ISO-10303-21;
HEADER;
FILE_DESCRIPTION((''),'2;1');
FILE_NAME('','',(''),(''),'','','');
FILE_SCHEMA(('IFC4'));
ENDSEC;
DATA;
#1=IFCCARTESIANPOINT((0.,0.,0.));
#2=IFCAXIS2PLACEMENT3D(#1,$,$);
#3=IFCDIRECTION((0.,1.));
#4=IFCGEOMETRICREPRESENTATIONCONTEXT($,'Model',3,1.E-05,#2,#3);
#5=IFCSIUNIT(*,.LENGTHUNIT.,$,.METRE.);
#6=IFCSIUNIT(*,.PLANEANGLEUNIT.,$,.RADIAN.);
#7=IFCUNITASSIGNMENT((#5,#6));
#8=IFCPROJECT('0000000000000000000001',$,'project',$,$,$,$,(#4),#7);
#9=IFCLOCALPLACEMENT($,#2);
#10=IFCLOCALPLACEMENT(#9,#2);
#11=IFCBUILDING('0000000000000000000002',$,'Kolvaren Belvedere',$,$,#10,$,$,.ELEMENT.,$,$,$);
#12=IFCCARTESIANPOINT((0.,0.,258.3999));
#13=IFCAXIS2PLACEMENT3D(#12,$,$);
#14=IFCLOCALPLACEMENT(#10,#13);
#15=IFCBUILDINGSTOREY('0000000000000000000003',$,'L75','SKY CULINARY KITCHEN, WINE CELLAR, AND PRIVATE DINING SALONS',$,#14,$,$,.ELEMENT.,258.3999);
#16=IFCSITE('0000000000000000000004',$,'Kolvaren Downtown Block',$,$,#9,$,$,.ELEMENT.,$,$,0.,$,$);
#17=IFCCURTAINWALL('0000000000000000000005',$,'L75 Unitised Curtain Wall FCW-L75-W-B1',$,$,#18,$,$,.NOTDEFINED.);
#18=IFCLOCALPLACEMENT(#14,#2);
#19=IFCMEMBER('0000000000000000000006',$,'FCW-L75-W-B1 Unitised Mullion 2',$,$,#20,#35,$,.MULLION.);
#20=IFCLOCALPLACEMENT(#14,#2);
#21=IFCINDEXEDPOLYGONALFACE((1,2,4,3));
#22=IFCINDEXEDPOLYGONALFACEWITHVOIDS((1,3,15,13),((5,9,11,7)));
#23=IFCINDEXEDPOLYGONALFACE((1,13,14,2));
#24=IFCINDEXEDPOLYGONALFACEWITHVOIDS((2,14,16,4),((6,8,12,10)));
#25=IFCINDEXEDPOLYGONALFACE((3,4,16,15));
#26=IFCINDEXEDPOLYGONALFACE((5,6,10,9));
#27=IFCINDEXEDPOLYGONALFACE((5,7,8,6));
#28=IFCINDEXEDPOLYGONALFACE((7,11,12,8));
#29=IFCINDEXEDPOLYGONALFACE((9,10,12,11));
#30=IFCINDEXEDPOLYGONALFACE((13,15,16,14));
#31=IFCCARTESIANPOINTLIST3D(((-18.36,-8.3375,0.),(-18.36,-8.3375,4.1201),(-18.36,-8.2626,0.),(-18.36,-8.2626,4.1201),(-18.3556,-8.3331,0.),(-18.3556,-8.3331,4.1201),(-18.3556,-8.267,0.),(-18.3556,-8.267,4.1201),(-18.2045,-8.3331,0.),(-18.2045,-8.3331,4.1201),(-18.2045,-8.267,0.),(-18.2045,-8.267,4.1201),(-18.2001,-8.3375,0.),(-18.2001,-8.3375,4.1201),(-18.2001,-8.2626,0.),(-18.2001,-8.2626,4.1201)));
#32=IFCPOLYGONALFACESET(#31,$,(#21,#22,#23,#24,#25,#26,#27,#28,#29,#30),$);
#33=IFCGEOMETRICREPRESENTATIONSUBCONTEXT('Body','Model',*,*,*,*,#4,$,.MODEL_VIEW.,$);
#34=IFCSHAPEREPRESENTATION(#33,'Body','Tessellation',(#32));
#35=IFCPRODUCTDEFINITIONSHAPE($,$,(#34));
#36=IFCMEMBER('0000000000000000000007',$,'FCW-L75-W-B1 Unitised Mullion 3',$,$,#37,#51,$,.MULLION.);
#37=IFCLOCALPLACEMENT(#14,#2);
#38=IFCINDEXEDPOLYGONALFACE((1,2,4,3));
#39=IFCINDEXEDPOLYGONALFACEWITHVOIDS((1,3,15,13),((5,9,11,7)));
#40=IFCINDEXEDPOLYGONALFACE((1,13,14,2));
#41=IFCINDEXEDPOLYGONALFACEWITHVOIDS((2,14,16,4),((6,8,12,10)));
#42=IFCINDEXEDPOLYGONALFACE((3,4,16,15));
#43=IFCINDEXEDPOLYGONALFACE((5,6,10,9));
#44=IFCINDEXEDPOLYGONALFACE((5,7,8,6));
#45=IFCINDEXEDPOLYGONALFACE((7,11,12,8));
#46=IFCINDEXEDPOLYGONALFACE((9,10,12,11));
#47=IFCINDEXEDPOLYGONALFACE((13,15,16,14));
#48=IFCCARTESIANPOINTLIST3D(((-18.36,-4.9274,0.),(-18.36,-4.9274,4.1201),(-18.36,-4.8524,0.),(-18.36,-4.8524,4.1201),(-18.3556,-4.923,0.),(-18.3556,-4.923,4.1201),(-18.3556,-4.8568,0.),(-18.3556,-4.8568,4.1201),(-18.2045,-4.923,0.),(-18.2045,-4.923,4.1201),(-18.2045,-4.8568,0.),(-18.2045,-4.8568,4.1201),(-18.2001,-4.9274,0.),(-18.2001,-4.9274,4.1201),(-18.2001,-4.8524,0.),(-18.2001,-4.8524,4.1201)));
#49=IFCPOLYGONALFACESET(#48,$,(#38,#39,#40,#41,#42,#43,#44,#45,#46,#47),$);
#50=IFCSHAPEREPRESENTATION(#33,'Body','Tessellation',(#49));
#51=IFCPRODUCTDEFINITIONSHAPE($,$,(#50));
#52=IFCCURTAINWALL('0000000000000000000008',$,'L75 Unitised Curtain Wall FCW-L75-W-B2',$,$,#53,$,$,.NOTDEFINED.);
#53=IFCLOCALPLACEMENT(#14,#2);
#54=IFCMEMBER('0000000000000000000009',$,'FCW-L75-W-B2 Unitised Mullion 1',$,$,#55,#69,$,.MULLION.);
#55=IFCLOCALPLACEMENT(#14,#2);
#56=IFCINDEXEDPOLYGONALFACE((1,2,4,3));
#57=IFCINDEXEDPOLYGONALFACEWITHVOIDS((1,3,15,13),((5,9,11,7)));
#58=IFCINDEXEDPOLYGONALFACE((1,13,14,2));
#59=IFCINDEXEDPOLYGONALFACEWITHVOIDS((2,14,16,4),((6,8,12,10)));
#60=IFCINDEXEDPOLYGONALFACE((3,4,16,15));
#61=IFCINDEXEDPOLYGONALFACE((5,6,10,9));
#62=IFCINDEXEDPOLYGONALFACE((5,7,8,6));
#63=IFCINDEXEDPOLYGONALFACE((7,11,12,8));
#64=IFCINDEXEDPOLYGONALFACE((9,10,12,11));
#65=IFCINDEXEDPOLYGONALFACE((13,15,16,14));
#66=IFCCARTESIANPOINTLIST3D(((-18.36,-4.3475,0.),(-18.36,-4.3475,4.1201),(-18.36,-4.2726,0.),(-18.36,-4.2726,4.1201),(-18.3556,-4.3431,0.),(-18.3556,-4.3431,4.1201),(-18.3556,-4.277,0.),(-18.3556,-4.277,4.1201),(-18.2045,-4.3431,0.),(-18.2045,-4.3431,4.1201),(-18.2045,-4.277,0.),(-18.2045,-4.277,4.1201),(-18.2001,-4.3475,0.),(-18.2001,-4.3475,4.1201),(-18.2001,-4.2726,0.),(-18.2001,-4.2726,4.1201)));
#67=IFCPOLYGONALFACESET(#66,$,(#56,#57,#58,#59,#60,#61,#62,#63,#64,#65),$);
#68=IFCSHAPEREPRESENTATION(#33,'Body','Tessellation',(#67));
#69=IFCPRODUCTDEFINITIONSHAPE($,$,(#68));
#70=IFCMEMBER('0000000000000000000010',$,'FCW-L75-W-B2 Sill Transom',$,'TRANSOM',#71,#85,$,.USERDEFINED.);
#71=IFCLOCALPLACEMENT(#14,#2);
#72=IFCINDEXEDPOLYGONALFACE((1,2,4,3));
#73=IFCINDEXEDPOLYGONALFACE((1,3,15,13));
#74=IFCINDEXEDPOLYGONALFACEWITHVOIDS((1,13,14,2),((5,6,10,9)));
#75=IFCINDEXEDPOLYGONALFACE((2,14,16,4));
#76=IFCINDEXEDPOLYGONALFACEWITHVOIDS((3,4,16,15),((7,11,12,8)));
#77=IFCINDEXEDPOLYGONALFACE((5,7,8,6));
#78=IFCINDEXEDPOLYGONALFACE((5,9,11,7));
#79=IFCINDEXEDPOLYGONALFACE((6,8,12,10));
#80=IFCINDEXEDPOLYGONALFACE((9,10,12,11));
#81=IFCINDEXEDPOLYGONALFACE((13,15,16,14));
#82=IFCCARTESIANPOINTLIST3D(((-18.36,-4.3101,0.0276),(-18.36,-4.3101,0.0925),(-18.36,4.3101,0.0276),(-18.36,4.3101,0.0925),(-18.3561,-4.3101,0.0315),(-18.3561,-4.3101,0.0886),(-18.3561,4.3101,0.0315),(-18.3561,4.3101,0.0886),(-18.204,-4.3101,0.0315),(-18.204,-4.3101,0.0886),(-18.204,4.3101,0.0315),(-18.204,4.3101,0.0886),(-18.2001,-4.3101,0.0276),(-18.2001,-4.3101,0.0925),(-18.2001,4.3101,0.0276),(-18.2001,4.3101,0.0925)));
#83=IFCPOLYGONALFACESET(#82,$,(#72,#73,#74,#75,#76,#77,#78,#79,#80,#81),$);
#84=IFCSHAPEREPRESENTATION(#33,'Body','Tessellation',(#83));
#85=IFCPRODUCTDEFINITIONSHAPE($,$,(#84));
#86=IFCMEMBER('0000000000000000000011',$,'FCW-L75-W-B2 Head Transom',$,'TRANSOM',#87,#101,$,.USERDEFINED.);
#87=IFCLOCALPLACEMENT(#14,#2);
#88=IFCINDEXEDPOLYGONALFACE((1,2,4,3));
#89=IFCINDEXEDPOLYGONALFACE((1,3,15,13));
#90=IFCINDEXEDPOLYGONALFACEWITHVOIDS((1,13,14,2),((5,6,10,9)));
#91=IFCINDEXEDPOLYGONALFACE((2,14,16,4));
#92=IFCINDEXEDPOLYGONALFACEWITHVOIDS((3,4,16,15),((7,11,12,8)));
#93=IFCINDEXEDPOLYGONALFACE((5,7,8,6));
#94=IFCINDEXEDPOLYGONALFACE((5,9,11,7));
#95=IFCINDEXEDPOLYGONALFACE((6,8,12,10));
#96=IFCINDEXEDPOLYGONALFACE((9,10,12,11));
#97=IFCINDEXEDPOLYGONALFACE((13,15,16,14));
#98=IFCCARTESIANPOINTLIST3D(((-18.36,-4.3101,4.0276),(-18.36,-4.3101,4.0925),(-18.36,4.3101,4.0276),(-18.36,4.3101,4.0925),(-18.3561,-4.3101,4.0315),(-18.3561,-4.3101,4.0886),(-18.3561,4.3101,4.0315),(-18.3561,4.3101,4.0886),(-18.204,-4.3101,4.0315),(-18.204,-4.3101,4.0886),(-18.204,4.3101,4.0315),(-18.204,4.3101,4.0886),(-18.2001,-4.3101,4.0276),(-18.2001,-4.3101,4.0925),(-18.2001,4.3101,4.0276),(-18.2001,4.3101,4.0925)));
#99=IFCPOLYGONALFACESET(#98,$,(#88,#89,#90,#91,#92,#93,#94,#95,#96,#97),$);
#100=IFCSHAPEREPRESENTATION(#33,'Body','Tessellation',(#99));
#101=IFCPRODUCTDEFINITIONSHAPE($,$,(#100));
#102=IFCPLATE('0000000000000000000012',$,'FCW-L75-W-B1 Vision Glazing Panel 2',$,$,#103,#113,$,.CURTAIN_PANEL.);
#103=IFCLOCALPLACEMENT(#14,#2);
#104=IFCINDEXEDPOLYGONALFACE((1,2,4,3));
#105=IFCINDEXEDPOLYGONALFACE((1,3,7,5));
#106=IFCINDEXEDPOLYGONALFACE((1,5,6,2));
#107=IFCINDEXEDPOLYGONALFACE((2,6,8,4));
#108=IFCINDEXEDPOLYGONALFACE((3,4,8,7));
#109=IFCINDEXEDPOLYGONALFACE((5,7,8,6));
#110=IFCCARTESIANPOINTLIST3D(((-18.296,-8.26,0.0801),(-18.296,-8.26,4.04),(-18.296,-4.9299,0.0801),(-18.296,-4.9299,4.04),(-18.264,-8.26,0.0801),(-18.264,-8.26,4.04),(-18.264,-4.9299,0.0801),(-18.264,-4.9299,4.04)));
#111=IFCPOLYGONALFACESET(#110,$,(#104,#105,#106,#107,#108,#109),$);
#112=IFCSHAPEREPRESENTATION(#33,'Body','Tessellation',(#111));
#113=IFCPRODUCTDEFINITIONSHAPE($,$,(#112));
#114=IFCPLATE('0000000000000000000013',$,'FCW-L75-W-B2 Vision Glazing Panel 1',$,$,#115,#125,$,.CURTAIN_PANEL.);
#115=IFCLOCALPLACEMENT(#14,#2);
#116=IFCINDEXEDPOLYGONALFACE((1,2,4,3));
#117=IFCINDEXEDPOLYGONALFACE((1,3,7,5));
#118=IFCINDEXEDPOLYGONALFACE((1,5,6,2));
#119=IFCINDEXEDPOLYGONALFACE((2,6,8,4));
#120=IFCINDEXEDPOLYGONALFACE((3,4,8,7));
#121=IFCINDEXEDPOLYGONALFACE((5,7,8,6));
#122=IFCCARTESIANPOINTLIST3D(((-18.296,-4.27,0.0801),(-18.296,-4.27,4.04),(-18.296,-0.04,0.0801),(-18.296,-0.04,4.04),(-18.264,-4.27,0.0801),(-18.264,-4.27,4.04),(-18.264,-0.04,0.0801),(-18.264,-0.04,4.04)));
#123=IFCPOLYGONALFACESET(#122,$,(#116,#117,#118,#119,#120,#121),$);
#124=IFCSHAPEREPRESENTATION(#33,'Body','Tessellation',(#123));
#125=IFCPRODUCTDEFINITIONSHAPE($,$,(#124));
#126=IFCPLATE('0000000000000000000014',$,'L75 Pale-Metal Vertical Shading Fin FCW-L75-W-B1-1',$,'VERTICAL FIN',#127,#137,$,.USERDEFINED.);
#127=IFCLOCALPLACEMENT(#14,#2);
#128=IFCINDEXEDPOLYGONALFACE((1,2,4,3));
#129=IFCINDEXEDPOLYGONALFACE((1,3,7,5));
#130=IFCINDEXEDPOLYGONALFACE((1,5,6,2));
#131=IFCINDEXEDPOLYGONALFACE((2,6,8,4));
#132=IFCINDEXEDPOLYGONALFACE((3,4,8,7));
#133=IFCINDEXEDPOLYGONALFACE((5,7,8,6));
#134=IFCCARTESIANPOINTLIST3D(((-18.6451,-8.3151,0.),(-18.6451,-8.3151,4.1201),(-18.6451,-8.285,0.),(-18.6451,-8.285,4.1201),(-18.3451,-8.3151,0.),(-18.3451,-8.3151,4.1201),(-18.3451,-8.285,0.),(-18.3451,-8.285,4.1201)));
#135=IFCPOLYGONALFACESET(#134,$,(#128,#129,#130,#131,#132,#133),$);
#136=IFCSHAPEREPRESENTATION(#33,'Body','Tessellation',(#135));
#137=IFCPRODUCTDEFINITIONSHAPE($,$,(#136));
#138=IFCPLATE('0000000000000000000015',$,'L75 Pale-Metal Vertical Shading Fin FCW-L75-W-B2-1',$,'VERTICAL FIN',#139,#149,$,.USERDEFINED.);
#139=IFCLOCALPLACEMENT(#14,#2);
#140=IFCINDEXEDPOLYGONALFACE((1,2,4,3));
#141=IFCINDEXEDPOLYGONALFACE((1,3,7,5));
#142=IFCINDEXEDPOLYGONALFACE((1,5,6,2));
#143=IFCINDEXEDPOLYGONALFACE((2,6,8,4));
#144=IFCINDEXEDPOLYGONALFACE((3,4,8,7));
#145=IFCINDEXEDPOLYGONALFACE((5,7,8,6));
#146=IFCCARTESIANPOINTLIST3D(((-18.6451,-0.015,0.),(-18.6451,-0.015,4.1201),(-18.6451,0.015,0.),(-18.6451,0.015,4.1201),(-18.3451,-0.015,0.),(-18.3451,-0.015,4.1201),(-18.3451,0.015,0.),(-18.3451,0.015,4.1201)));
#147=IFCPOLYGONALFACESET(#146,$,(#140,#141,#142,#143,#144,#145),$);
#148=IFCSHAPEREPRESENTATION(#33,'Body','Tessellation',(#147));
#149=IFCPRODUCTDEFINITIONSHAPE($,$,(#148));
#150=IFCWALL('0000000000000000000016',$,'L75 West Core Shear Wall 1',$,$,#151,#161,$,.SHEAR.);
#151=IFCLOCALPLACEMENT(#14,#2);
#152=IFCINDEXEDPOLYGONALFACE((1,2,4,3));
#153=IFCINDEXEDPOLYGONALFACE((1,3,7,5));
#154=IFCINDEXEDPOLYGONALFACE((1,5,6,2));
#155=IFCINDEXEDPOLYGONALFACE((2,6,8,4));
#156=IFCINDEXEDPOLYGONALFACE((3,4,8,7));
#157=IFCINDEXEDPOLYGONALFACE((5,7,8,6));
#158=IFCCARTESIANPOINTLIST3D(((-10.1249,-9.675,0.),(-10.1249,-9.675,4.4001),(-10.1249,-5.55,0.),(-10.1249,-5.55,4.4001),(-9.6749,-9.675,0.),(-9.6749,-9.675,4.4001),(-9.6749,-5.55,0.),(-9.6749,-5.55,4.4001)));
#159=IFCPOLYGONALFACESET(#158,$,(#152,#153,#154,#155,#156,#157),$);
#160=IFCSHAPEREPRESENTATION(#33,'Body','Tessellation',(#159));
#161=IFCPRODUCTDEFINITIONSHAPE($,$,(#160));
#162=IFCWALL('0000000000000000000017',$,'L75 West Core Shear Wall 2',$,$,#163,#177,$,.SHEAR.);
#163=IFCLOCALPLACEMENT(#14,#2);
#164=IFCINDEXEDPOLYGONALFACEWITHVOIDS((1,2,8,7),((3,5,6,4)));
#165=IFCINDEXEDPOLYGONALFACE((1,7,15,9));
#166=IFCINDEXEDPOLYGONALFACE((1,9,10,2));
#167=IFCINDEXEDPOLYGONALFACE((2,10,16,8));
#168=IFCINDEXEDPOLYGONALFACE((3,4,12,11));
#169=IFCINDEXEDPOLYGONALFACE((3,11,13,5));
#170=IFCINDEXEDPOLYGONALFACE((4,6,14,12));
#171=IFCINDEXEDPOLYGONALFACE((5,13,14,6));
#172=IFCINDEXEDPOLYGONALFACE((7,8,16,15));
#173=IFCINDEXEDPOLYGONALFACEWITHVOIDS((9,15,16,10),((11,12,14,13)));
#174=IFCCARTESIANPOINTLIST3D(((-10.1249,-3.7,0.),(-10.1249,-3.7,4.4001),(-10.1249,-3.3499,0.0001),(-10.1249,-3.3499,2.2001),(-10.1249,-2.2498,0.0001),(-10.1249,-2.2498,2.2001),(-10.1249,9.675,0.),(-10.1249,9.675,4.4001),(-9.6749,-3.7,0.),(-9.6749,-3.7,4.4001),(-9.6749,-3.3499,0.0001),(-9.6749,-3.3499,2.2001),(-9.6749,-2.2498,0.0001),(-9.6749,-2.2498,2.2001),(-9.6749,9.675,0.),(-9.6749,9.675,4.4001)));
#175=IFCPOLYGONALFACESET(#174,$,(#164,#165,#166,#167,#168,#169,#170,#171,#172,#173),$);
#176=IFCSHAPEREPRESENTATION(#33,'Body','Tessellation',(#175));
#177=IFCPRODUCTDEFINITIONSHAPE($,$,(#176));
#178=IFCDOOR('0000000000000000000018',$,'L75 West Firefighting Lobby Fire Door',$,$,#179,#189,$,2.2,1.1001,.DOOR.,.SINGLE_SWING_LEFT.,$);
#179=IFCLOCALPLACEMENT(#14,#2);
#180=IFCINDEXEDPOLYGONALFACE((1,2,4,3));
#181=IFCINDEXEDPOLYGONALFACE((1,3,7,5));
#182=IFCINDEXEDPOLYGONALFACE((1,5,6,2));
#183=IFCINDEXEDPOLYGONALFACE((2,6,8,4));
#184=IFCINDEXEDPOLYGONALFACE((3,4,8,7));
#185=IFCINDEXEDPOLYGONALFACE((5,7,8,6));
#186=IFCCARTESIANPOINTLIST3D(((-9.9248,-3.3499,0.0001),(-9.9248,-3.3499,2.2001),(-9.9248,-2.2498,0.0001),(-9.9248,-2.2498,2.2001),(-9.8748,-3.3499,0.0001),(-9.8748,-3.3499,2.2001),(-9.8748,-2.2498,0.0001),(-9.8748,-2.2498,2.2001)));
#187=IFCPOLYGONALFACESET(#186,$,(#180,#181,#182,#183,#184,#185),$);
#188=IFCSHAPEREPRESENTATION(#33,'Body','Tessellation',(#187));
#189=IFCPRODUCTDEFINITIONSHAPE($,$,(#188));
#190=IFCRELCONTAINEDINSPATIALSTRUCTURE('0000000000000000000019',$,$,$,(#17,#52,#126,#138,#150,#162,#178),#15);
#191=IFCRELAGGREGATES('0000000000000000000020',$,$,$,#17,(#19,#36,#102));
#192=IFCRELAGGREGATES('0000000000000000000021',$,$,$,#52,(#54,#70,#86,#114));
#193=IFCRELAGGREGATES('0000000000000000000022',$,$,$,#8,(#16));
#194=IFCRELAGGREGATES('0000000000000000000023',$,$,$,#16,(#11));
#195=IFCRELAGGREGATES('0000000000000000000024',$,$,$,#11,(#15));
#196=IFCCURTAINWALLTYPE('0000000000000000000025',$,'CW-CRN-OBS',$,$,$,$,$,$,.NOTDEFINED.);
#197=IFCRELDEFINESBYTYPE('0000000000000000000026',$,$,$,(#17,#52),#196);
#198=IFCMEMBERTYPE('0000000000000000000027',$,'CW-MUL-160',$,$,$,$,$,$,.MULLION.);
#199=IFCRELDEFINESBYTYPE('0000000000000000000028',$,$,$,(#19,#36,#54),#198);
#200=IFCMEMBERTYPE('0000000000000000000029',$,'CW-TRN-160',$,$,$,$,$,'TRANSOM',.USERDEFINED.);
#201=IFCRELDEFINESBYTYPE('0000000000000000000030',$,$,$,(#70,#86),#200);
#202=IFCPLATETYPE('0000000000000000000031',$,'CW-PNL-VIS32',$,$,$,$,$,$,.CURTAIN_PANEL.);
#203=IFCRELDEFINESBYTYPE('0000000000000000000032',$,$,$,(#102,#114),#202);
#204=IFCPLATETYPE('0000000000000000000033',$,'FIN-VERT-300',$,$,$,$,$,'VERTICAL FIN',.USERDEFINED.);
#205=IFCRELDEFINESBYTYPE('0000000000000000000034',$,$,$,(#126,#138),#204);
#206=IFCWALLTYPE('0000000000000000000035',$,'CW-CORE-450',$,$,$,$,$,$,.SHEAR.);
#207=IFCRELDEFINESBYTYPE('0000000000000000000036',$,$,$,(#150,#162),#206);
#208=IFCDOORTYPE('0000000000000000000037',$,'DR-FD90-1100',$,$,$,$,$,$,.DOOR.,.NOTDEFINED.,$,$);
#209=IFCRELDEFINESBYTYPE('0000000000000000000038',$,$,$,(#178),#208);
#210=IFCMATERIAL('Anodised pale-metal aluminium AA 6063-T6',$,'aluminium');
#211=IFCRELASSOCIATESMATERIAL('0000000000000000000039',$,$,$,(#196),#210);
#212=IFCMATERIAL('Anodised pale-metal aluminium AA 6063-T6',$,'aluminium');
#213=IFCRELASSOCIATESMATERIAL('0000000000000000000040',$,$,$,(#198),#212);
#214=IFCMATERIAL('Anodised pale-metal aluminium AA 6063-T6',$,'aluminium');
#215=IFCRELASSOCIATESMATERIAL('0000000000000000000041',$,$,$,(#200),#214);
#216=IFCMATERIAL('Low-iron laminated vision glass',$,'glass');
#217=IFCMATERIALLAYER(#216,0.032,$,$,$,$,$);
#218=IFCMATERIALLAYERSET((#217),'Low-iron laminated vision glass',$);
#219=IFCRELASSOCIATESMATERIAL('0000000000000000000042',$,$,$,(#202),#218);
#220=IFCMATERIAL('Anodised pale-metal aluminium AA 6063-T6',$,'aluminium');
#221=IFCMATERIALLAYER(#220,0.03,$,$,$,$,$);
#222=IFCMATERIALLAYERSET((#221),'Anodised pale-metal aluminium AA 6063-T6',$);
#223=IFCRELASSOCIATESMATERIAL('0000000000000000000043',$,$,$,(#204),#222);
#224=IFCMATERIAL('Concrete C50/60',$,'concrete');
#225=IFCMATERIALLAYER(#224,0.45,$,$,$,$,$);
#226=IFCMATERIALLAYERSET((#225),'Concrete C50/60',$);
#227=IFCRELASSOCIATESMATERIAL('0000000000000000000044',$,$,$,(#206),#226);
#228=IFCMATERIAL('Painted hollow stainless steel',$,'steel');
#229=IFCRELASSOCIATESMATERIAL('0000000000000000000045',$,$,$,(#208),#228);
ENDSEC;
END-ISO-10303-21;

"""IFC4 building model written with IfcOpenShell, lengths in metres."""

from ifc_helpers import new_model, si_unit, direction, frame, frame_2d, origin, origin_2d, place, context, subcontext, project, spatial, rectangle, hollow_rectangle, extrude, material, layer, layer_set, material_profile, profile_set, type_object, element, fill, aggregate, save


model = new_model("IFC4")

# Units and contexts
model_context = context("Model", 3, precision=1e-05, world=origin(), true_north=direction((0.0, 1.0)))
body_context = subcontext(model_context, "Body", "Model", "MODEL_VIEW")
ifc_project = project(units=[si_unit("LENGTHUNIT", "METRE"), si_unit("PLANEANGLEUNIT", "RADIAN")], contexts=[model_context])

# Site, building, storey
site_placement = place(None, origin())
site = spatial("IfcSite", under=ifc_project, at=site_placement, Name="Kolvaren Downtown Block", CompositionType="ELEMENT", RefElevation=0.0)
building_placement = place(site_placement, origin())
building = spatial("IfcBuilding", under=site, at=building_placement, Name="Kolvaren Belvedere", CompositionType="ELEMENT")
storey_placement = place(building_placement, frame((0.0, 0.0, 258.3999)))
storey = spatial("IfcBuildingStorey", under=building, at=storey_placement, Name="L75", Description="SKY CULINARY KITCHEN, WINE CELLAR, AND PRIVATE DINING SALONS", CompositionType="ELEMENT", Elevation=258.3999)

# Curtain walls, members
ifc_material_1 = material(Name="Anodised pale-metal aluminium AA 6063-T6", Category="aluminium")
curtain_wall_type = type_object("IfcCurtainWallType", Name="CW-CRN-OBS", PredefinedType="NOTDEFINED", material=ifc_material_1)
curtain_wall_1_placement = place(storey_placement, origin())
curtain_wall_1 = element("IfcCurtainWall", 1, at=curtain_wall_1_placement, inside=storey, type_object=curtain_wall_type, Name="L75 Unitised Curtain Wall FCW-L75-W-B1", PredefinedType="NOTDEFINED")
ifc_material_2 = material(Name="Anodised pale-metal aluminium AA 6063-T6", Category="aluminium")
ifc_material_profile_1 = material_profile(ifc_material_2, hollow_rectangle(XDim=0.075, YDim=0.1599, WallThickness=0.0044, at=origin_2d()), Name="ALU-MUL-160X75")
ifc_profile_set_1 = profile_set([ifc_material_profile_1], Name="Anodised pale-metal aluminium AA 6063-T6")
member_type_1 = type_object("IfcMemberType", Name="CW-MUL-160", PredefinedType="MULLION", material=ifc_profile_set_1)
member_1_placement = place(storey_placement, frame((-18.28, -8.3, 0.0), z_axis=(0.0, 0.0, 1.0), x_axis=(0.0, 1.0, 0.0)))
member_1 = element("IfcMember", 2, at=member_1_placement, type_object=member_type_1, Name="FCW-L75-W-B1 Unitised Mullion 2", PredefinedType="MULLION", context=body_context, shape_type="SweptSolid", body=[
    extrude(hollow_rectangle(XDim=0.075, YDim=0.1599, WallThickness=0.0044, at=origin_2d()), origin(), (0.0, 0.0, 1.0), 4.1201),
])
member_2_placement = place(storey_placement, frame((-18.28, -4.8899, 0.0), z_axis=(0.0, 0.0, 1.0), x_axis=(0.0, 1.0, 0.0)))
member_2 = element("IfcMember", 3, at=member_2_placement, type_object=member_type_1, Name="FCW-L75-W-B1 Unitised Mullion 3", PredefinedType="MULLION", context=body_context, shape_type="SweptSolid", body=[
    extrude(hollow_rectangle(XDim=0.075, YDim=0.1599, WallThickness=0.0044, at=origin_2d()), origin(), (0.0, 0.0, 1.0), 4.1201),
])
curtain_wall_2_placement = place(storey_placement, origin())
curtain_wall_2 = element("IfcCurtainWall", 4, at=curtain_wall_2_placement, inside=storey, type_object=curtain_wall_type, Name="L75 Unitised Curtain Wall FCW-L75-W-B2", PredefinedType="NOTDEFINED")
member_3_placement = place(storey_placement, frame((-18.28, -4.3101, 0.0), z_axis=(0.0, 0.0, 1.0), x_axis=(0.0, 1.0, 0.0)))
member_3 = element("IfcMember", 5, at=member_3_placement, type_object=member_type_1, Name="FCW-L75-W-B2 Unitised Mullion 1", PredefinedType="MULLION", context=body_context, shape_type="SweptSolid", body=[
    extrude(hollow_rectangle(XDim=0.075, YDim=0.1599, WallThickness=0.0044, at=origin_2d()), origin(), (0.0, 0.0, 1.0), 4.1201),
])
ifc_material_3 = material(Name="Anodised pale-metal aluminium AA 6063-T6", Category="aluminium")
ifc_material_profile_2 = material_profile(ifc_material_3, hollow_rectangle(XDim=0.0649, YDim=0.1599, WallThickness=0.0039, at=origin_2d()), Name="ALU-TRN-160X65")
ifc_profile_set_2 = profile_set([ifc_material_profile_2], Name="Anodised pale-metal aluminium AA 6063-T6")
member_type_2 = type_object("IfcMemberType", Name="CW-TRN-160", ElementType="TRANSOM", PredefinedType="USERDEFINED", material=ifc_profile_set_2)
member_4_placement = place(storey_placement, frame((-18.28, -4.3101, 0.0601), z_axis=(0.0, 1.0, 0.0), x_axis=(0.0, 0.0, 1.0)))
member_4 = element("IfcMember", 6, at=member_4_placement, type_object=member_type_2, Name="FCW-L75-W-B2 Sill Transom", ObjectType="TRANSOM", PredefinedType="USERDEFINED", context=body_context, shape_type="SweptSolid", body=[
    extrude(hollow_rectangle(XDim=0.0649, YDim=0.1599, WallThickness=0.0039, at=origin_2d()), origin(), (0.0, 0.0, 1.0), 8.6201),
])
member_5_placement = place(storey_placement, frame((-18.28, -4.3101, 4.0601), z_axis=(0.0, 1.0, 0.0), x_axis=(0.0, 0.0, 1.0)))
member_5 = element("IfcMember", 7, at=member_5_placement, type_object=member_type_2, Name="FCW-L75-W-B2 Head Transom", ObjectType="TRANSOM", PredefinedType="USERDEFINED", context=body_context, shape_type="SweptSolid", body=[
    extrude(hollow_rectangle(XDim=0.0649, YDim=0.1599, WallThickness=0.0039, at=origin_2d()), origin(), (0.0, 0.0, 1.0), 8.6201),
])

# Plates
ifc_material_4 = material(Name="Low-iron laminated vision glass", Category="glass")
ifc_layer_1 = layer(ifc_material_4, 0.032)
ifc_layer_set_1 = layer_set([ifc_layer_1], Name="Low-iron laminated vision glass")
plate_type_1 = type_object("IfcPlateType", Name="CW-PNL-VIS32", PredefinedType="CURTAIN_PANEL", material=ifc_layer_set_1)
plate_1_placement = place(storey_placement, frame((-18.28, -6.595, 0.0801), z_axis=(0.0, 0.0, 1.0), x_axis=(0.0, 1.0, 0.0)))
plate_1 = element("IfcPlate", 8, at=plate_1_placement, type_object=plate_type_1, Name="FCW-L75-W-B1 Vision Glazing Panel 2", PredefinedType="CURTAIN_PANEL", context=body_context, shape_type="SweptSolid", body=[
    extrude(rectangle(XDim=3.3301, YDim=0.032, at=origin_2d()), origin(), (0.0, 0.0, 1.0), 3.96),
])
aggregate(curtain_wall_1, [member_1, member_2, plate_1])
plate_2_placement = place(storey_placement, frame((-18.28, -2.155, 0.0801), z_axis=(0.0, 0.0, 1.0), x_axis=(0.0, 1.0, 0.0)))
plate_2 = element("IfcPlate", 9, at=plate_2_placement, type_object=plate_type_1, Name="FCW-L75-W-B2 Vision Glazing Panel 1", PredefinedType="CURTAIN_PANEL", context=body_context, shape_type="SweptSolid", body=[
    extrude(rectangle(XDim=4.23, YDim=0.032, at=origin_2d()), origin(), (0.0, 0.0, 1.0), 3.96),
])
aggregate(curtain_wall_2, [member_3, member_4, member_5, plate_2])

# Plates
ifc_material_5 = material(Name="Anodised pale-metal aluminium AA 6063-T6", Category="aluminium")
ifc_layer_2 = layer(ifc_material_5, 0.03)
ifc_layer_set_2 = layer_set([ifc_layer_2], Name="Anodised pale-metal aluminium AA 6063-T6")
plate_type_2 = type_object("IfcPlateType", Name="FIN-VERT-300", ElementType="VERTICAL FIN", PredefinedType="USERDEFINED", material=ifc_layer_set_2)
for number, where, z_axis, x_axis, name in (
    (10, (-18.4951, -8.3, 0.0), (0.0, 0.0, 1.0), (1.0, 0.0, 0.0), "L75 Pale-Metal Vertical Shading Fin FCW-L75-W-B1-1"),
    (11, (-18.4951, 0.0, 0.0), (0.0, 0.0, 1.0), (1.0, 0.0, 0.0), "L75 Pale-Metal Vertical Shading Fin FCW-L75-W-B2-1"),
):
    element("IfcPlate", number, at=place(storey_placement, frame(where, z_axis=z_axis, x_axis=x_axis)), inside=storey, type_object=plate_type_2, Name=name, ObjectType="VERTICAL FIN", PredefinedType="USERDEFINED", context=body_context, shape_type="SweptSolid", body=[
        extrude(rectangle(XDim=0.3, YDim=0.03, at=origin_2d()), origin(), (0.0, 0.0, 1.0), 4.1201),
    ])

# Wall
ifc_material_6 = material(Name="Concrete C50/60", Category="concrete")
ifc_layer_3 = layer(ifc_material_6, 0.45)
ifc_layer_set_3 = layer_set([ifc_layer_3], Name="Concrete C50/60")
wall_type_1 = type_object("IfcWallType", Name="CW-CORE-450", PredefinedType="SHEAR", material=ifc_layer_set_3)
wall_1_placement = place(storey_placement, frame((-9.8999, -9.675, 0.0), z_axis=(0.0, 0.0, 1.0), x_axis=(0.0, 1.0, 0.0)))
element("IfcWall", 12, at=wall_1_placement, inside=storey, type_object=wall_type_1, Name="L75 West Core Shear Wall 1", PredefinedType="SHEAR", context=body_context, shape_type="SweptSolid", body=[
    extrude(rectangle(XDim=4.125, YDim=0.45, at=frame_2d((2.0625, 0.0))), origin(), (0.0, 0.0, 1.0), 4.4001),
])

# Wall, opening, door
wall_2_placement = place(storey_placement, frame((-9.8999, -3.7, 0.0), z_axis=(0.0, 0.0, 1.0), x_axis=(0.0, 1.0, 0.0)))
wall_2 = element("IfcWall", 13, at=wall_2_placement, inside=storey, type_object=wall_type_1, Name="L75 West Core Shear Wall 2", PredefinedType="SHEAR", context=body_context, shape_type="SweptSolid", body=[
    extrude(rectangle(XDim=13.375, YDim=0.45, at=frame_2d((6.6875, 0.0))), origin(), (0.0, 0.0, 1.0), 4.4001),
])
opening_1_placement = place(wall_2_placement, frame((0.3501, 0.0, 0.0)))
opening_1 = element("IfcOpeningElement", 14, at=opening_1_placement, cuts=wall_2, PredefinedType="OPENING", context=body_context, shape_type="SweptSolid", body=[
    extrude(rectangle(XDim=1.1001, YDim=2.2, at=frame_2d((0.55, 1.1001))), frame((0.0, 0.2349, 0.0), z_axis=(0.0, -1.0, 0.0), x_axis=(1.0, 0.0, 0.0)), (0.0, 0.0, 1.0), 0.47),
])
ifc_material_7 = material(Name="Painted hollow stainless steel", Category="steel")
door_type_1 = type_object("IfcDoorType", Name="DR-FD90-1100", OperationType="NOTDEFINED", PredefinedType="DOOR", material=ifc_material_7)
door_1_placement = place(opening_1_placement, origin())
door_1 = element("IfcDoor", 15, at=door_1_placement, inside=storey, type_object=door_type_1, Name="L75 West Firefighting Lobby Fire Door", OperationType="SINGLE_SWING_LEFT", OverallHeight=2.2, OverallWidth=1.1001, PredefinedType="DOOR", context=body_context, shape_type="SweptSolid", body=[
    extrude(rectangle(XDim=1.1001, YDim=2.2, at=frame_2d((0.55, 1.1001))), frame((0.0, 0.0249, 0.0), z_axis=(0.0, -1.0, 0.0), x_axis=(1.0, 0.0, 0.0)), (0.0, 0.0, 1.0), 0.05),
])
fill(opening_1, door_1)

save(model, "model.ifc")
